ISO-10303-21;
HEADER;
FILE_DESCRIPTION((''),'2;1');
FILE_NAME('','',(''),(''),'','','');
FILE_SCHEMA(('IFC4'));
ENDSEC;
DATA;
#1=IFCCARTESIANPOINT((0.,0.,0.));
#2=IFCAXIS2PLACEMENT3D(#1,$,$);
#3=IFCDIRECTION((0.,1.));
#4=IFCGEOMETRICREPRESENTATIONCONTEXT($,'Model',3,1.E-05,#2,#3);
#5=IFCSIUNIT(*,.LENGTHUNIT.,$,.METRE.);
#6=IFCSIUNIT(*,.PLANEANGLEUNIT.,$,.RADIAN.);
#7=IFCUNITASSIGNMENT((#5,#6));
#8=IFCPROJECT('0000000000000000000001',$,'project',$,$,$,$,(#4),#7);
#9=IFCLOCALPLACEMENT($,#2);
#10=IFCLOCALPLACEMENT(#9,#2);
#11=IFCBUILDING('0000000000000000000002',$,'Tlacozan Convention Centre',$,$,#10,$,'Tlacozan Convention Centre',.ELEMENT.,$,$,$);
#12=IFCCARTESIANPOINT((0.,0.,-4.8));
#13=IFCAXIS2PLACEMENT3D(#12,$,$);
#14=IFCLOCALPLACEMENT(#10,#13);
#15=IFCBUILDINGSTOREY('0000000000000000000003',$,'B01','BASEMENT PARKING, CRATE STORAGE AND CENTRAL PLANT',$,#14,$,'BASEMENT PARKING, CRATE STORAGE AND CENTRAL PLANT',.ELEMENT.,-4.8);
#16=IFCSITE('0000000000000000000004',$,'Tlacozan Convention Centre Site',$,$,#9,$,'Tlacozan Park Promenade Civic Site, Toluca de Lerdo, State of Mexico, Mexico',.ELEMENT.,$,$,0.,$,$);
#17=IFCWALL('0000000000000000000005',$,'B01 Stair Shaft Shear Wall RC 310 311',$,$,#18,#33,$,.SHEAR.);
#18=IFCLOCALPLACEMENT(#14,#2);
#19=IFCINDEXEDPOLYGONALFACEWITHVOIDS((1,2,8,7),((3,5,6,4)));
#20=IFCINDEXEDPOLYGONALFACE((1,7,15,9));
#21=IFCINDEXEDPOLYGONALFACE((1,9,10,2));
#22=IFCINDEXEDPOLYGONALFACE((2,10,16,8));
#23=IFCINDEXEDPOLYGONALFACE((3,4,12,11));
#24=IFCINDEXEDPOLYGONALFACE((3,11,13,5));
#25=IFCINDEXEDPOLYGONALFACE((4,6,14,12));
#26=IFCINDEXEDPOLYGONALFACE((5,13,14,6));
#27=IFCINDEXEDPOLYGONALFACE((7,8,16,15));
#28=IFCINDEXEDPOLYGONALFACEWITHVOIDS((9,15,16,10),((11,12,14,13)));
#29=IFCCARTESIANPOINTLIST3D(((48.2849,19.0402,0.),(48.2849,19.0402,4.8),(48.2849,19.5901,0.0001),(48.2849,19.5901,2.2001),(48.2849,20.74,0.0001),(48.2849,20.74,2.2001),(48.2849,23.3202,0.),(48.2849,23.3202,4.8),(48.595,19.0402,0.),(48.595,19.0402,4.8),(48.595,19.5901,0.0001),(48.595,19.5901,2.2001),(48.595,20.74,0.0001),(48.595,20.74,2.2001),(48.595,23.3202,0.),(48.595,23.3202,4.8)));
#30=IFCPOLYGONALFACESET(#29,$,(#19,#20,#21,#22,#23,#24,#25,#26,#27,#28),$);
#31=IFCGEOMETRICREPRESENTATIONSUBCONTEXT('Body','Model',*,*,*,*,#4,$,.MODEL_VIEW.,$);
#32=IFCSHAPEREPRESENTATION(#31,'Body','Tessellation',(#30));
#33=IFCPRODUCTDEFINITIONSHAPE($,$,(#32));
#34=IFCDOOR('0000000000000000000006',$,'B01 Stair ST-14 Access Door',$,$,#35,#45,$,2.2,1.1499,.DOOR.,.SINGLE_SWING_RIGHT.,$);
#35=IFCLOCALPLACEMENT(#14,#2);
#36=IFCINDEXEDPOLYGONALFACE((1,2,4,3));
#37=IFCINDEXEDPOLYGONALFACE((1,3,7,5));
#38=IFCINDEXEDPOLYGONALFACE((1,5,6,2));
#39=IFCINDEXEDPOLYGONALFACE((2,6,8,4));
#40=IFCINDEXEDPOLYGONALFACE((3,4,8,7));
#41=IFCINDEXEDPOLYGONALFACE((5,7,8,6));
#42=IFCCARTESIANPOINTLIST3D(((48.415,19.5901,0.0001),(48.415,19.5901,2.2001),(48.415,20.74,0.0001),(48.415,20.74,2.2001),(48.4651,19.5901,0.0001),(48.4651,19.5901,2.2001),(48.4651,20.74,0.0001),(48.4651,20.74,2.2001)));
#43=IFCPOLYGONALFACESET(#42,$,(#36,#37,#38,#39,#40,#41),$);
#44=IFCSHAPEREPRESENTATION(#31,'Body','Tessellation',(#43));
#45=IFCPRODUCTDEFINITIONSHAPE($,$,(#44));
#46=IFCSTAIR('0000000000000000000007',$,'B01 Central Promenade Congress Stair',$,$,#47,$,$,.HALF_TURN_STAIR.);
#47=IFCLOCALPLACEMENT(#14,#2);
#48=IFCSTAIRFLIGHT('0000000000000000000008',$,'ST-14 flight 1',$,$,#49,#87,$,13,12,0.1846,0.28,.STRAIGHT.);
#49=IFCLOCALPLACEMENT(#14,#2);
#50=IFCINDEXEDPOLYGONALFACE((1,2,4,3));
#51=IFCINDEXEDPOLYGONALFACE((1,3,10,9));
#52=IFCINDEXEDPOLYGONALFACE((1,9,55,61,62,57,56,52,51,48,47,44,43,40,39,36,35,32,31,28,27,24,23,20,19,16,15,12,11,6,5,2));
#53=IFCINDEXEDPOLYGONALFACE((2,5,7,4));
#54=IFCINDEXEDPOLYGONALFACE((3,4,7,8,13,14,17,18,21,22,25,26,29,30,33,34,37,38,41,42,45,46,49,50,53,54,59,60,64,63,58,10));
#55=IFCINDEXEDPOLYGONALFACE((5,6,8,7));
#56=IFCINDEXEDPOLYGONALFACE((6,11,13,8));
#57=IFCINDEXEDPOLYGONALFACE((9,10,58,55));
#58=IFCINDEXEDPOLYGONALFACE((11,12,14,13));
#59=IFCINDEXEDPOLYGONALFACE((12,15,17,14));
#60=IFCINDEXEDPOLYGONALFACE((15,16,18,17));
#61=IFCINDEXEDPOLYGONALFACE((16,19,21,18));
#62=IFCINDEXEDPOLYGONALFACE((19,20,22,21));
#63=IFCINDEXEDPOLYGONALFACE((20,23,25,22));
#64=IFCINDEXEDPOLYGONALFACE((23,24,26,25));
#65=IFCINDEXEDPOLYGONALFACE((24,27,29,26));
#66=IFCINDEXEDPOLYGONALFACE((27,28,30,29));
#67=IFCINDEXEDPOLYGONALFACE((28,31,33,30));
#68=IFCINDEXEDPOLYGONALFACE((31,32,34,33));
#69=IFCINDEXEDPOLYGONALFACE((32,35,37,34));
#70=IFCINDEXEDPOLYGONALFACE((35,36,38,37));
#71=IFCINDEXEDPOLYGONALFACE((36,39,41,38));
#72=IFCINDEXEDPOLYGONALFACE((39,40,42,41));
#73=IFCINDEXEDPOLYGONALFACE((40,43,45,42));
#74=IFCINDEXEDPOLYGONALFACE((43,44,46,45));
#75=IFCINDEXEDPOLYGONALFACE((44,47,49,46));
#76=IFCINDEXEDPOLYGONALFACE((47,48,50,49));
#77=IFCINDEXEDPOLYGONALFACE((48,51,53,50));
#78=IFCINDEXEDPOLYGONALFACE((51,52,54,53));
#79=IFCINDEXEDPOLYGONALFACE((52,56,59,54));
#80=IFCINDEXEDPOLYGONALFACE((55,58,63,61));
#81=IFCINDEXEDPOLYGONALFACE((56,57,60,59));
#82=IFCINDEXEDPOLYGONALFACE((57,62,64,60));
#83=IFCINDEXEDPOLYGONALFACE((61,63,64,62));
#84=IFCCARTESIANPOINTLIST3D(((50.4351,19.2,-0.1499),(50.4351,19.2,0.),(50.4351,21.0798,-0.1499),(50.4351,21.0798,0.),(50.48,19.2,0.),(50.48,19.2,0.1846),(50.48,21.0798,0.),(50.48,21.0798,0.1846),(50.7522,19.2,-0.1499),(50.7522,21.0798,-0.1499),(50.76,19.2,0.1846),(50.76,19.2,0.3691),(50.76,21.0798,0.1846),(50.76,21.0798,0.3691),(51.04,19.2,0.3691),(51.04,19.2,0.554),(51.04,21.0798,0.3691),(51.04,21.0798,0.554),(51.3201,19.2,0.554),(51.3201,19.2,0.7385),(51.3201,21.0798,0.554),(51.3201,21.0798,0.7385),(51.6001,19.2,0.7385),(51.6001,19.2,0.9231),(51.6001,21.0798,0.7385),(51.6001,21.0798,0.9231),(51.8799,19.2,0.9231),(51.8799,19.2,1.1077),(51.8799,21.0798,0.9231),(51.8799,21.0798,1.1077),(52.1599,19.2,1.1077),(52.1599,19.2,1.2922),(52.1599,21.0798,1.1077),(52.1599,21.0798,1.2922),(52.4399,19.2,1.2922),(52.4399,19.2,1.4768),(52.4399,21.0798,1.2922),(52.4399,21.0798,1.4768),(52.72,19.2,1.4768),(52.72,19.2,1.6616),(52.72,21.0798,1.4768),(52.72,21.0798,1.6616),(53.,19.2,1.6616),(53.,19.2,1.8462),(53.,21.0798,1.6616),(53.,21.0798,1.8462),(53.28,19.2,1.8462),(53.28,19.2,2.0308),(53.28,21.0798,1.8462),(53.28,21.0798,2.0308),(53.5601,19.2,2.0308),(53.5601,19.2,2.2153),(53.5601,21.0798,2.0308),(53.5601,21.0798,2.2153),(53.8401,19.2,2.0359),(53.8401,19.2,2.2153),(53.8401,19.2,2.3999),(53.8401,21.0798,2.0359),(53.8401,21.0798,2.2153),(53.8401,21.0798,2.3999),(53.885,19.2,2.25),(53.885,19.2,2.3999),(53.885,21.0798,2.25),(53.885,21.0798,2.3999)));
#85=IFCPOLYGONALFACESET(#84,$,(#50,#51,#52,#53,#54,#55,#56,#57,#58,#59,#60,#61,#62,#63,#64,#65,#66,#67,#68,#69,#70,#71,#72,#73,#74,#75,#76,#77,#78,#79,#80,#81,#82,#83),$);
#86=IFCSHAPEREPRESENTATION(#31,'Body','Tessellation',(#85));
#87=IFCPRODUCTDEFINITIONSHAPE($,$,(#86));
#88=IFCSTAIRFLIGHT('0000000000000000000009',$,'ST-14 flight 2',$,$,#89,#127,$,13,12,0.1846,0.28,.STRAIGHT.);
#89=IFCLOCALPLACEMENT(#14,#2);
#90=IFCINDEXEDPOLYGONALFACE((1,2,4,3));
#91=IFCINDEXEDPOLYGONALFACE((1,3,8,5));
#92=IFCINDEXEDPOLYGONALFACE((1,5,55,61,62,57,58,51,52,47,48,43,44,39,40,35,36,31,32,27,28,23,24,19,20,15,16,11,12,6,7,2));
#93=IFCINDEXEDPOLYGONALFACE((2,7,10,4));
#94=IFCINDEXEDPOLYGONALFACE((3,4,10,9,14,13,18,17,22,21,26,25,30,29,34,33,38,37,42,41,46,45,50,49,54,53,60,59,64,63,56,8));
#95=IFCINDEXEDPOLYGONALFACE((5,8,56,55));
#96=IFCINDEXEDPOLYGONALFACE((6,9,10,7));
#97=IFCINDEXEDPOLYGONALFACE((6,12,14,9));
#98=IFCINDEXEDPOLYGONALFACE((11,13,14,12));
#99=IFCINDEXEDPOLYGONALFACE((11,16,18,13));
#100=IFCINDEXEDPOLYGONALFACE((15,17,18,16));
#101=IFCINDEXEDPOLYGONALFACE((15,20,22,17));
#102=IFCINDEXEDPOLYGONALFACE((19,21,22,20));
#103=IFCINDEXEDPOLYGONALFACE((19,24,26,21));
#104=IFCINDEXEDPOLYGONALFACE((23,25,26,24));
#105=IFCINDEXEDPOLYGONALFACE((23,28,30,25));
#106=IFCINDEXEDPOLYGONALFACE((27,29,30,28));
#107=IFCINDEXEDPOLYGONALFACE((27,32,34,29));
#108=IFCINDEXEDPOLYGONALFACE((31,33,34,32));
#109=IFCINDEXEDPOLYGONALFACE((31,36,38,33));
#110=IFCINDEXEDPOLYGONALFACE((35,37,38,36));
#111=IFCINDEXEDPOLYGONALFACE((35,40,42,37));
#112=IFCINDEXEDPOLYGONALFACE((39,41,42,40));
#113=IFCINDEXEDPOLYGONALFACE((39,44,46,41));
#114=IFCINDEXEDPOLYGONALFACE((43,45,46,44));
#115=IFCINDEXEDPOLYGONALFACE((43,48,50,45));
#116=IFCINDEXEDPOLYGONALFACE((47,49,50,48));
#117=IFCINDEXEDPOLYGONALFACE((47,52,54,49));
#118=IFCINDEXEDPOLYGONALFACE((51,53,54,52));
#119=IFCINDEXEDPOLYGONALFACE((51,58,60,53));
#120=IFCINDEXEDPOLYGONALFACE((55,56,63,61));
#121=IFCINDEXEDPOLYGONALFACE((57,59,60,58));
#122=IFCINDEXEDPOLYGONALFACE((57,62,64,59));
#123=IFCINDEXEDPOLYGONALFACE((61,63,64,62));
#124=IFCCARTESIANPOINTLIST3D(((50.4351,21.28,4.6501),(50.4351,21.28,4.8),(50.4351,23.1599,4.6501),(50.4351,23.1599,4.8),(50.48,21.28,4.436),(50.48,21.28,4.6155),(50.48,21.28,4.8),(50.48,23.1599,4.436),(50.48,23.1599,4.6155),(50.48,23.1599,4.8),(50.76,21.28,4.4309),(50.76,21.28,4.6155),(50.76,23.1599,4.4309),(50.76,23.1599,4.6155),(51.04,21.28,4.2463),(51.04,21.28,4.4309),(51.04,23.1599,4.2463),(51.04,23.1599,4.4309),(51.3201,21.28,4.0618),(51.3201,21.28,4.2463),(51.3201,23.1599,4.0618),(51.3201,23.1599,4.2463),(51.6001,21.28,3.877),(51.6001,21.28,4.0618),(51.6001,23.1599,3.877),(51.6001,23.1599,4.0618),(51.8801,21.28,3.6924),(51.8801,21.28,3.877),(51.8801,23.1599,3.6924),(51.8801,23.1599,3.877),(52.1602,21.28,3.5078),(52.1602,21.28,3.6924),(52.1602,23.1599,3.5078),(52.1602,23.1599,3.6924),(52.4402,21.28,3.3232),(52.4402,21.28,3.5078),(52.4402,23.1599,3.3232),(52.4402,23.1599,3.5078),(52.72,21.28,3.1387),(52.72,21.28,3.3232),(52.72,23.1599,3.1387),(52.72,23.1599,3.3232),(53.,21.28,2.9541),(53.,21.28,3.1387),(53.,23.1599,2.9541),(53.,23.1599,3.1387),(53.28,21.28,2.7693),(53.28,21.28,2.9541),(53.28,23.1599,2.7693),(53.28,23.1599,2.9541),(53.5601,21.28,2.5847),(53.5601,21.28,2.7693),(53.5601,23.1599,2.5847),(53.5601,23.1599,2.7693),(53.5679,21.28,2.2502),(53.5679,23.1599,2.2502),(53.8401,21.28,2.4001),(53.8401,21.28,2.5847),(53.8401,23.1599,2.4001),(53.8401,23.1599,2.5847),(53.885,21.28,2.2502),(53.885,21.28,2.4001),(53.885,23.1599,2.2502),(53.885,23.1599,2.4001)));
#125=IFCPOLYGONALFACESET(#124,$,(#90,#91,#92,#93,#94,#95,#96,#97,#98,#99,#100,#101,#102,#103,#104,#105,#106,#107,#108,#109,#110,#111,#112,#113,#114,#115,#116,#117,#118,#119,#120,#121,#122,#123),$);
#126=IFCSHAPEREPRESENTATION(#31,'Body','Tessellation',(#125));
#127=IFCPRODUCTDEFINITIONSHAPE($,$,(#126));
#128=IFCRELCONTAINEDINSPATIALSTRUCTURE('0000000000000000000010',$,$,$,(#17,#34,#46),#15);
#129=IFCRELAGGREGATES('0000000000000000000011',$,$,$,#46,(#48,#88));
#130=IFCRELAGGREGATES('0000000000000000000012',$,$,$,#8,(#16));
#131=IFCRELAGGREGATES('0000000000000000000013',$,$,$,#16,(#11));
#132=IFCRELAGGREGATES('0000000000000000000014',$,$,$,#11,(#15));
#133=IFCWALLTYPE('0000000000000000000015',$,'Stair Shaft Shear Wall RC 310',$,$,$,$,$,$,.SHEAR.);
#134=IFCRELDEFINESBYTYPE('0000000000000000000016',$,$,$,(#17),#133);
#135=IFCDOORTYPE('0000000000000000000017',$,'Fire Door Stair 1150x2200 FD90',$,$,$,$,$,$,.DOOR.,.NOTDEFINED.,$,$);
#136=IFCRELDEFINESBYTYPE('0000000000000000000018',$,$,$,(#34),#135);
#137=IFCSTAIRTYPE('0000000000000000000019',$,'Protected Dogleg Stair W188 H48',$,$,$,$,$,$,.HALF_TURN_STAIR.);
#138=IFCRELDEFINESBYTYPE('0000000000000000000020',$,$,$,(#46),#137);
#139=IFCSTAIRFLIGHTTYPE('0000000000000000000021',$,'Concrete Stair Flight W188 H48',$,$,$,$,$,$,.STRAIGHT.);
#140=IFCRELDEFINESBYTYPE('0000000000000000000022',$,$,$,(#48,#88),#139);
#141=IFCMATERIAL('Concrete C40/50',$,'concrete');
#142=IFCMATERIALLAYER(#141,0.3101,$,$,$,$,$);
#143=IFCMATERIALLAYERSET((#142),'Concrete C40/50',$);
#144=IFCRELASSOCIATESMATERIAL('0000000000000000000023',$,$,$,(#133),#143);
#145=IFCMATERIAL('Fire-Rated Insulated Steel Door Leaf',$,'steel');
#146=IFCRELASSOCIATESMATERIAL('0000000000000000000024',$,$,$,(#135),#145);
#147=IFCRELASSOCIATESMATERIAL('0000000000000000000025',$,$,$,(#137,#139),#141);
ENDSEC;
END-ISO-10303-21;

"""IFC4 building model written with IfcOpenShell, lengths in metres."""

from ifc_helpers import new_model, si_unit, direction, frame, frame_2d, origin, place, context, subcontext, project, spatial, polyline, rectangle, outline, extrude, material, layer, layer_set, type_object, element, fill, aggregate, save


model = new_model("IFC4")

# Units and contexts
model_context = context("Model", 3, precision=1e-05, world=origin(), true_north=direction((0.0, 1.0)))
body_context = subcontext(model_context, "Body", "Model", "MODEL_VIEW")
ifc_project = project(units=[si_unit("LENGTHUNIT", "METRE"), si_unit("PLANEANGLEUNIT", "RADIAN")], contexts=[model_context])

# Site, building, storey
site_placement = place(None, origin())
site = spatial("IfcSite", under=ifc_project, at=site_placement, Name="Tlacozan Convention Centre Site", LongName="Tlacozan Park Promenade Civic Site, Toluca de Lerdo, State of Mexico, Mexico", CompositionType="ELEMENT", RefElevation=0.0)
building_placement = place(site_placement, origin())
building = spatial("IfcBuilding", under=site, at=building_placement, Name="Tlacozan Convention Centre", LongName="Tlacozan Convention Centre", CompositionType="ELEMENT")
storey_placement = place(building_placement, frame((0.0, 0.0, -4.8)))
storey = spatial("IfcBuildingStorey", under=building, at=storey_placement, Name="B01", Description="BASEMENT PARKING, CRATE STORAGE AND CENTRAL PLANT", LongName="BASEMENT PARKING, CRATE STORAGE AND CENTRAL PLANT", CompositionType="ELEMENT", Elevation=-4.8)

# Shared definitions
ifc_material_1 = material(Name="Concrete C40/50", Category="concrete")

# Shared definitions
ifc_layer_1 = layer(ifc_material_1, 0.3101)
ifc_layer_set_1 = layer_set([ifc_layer_1], Name="Concrete C40/50")
wall_type = type_object("IfcWallType", Name="Stair Shaft Shear Wall RC 310", PredefinedType="SHEAR", material=ifc_layer_set_1)

# Wall, opening, door
wall_placement = place(storey_placement, frame((48.4399, 19.04, 0.0), z_axis=(0.0, 0.0, 1.0), x_axis=(0.0, 1.0, 0.0)))
wall = element("IfcWall", 1, at=wall_placement, inside=storey, type_object=wall_type, Name="B01 Stair Shaft Shear Wall RC 310 311", PredefinedType="SHEAR", context=body_context, shape_type="SweptSolid", body=[
    extrude(rectangle(XDim=4.28, YDim=0.3101, at=frame_2d((2.1401, 0.0))), origin(), (0.0, 0.0, 1.0), 4.8),
])
opening_placement = place(wall_placement, frame((0.55, 0.0, 0.0)))
opening = element("IfcOpeningElement", 2, at=opening_placement, cuts=wall, PredefinedType="OPENING", context=body_context, shape_type="SweptSolid", body=[
    extrude(rectangle(XDim=1.1499, YDim=2.2, at=frame_2d((0.575, 1.1001))), frame((0.0, 0.165, 0.0), z_axis=(0.0, -1.0, 0.0), x_axis=(1.0, 0.0, 0.0)), (0.0, 0.0, 1.0), 0.3301),
])
ifc_material_2 = material(Name="Fire-Rated Insulated Steel Door Leaf", Category="steel")
door_type = type_object("IfcDoorType", Name="Fire Door Stair 1150x2200 FD90", OperationType="NOTDEFINED", PredefinedType="DOOR", material=ifc_material_2)
door_placement = place(opening_placement, origin())
door = element("IfcDoor", 3, at=door_placement, inside=storey, type_object=door_type, Name="B01 Stair ST-14 Access Door", OperationType="SINGLE_SWING_RIGHT", OverallHeight=2.2, OverallWidth=1.1499, PredefinedType="DOOR", context=body_context, shape_type="SweptSolid", body=[
    extrude(rectangle(XDim=1.1499, YDim=2.2, at=frame_2d((0.575, 1.1001))), frame((0.0, 0.0249, 0.0), z_axis=(0.0, -1.0, 0.0), x_axis=(1.0, 0.0, 0.0)), (0.0, 0.0, 1.0), 0.05),
])
fill(opening, door)

# Stair, stair flights
stair_type = type_object("IfcStairType", Name="Protected Dogleg Stair W188 H48", PredefinedType="HALF_TURN_STAIR", material=ifc_material_1)
stair_placement = place(storey_placement, origin())
stair = element("IfcStair", 4, at=stair_placement, inside=storey, type_object=stair_type, Name="B01 Central Promenade Congress Stair", PredefinedType="HALF_TURN_STAIR")
stair_flight_type = type_object("IfcStairFlightType", Name="Concrete Stair Flight W188 H48", PredefinedType="STRAIGHT", material=ifc_material_1)
stair_flight_1_placement = place(storey_placement, frame((50.48, 20.1399, 0.0), z_axis=(0.0, 0.0, 1.0), x_axis=(1.0, 0.0, 0.0)))
stair_flight_1 = element("IfcStairFlight", 5, at=stair_flight_1_placement, type_object=stair_flight_type, Name="ST-14 flight 1", NumberOfRisers=13, NumberOfTreads=12, PredefinedType="STRAIGHT", RiserHeight=0.1846, TreadLength=0.28, context=body_context, shape_type="SweptSolid", body=[
    extrude(outline(polyline([(-0.0449, -0.1499), (-0.0449, 0.0), (0.0, 0.0), (0.0, 0.1846), (0.28, 0.1846), (0.28, 0.3691), (0.5601, 0.3691), (0.5601, 0.554), (0.8401, 0.554), (0.8401, 0.7385), (1.1201, 0.7385), (1.1201, 0.9231), (1.3999, 0.9231), (1.3999, 1.1077), (1.6799, 1.1077), (1.6799, 1.2922), (1.96, 1.2922), (1.96, 1.4768), (2.24, 1.4768), (2.24, 1.6616), (2.52, 1.6616), (2.52, 1.8462), (2.8, 1.8462), (2.8, 2.0308), (3.0801, 2.0308), (3.0801, 2.2153), (3.3601, 2.2153), (3.3601, 2.3999), (3.405, 2.3999), (3.405, 2.25), (3.3601, 2.0359), (0.2722, -0.1499), (-0.0449, -0.1499)])), frame((0.0, 0.9399, 0.0), z_axis=(0.0, -1.0, 0.0), x_axis=(1.0, 0.0, 0.0)), (0.0, 0.0, 1.0), 1.8799),
])
stair_flight_2_placement = place(storey_placement, frame((53.8401, 22.22, 2.4001), z_axis=(0.0, 0.0, 1.0), x_axis=(-1.0, 0.0, 0.0)))
stair_flight_2 = element("IfcStairFlight", 6, at=stair_flight_2_placement, type_object=stair_flight_type, Name="ST-14 flight 2", NumberOfRisers=13, NumberOfTreads=12, PredefinedType="STRAIGHT", RiserHeight=0.1846, TreadLength=0.28, context=body_context, shape_type="SweptSolid", body=[
    extrude(outline(polyline([(-0.0449, -0.1499), (-0.0449, 0.0), (0.0, 0.0), (0.0, 0.1846), (0.28, 0.1846), (0.28, 0.3691), (0.5601, 0.3691), (0.5601, 0.554), (0.8401, 0.554), (0.8401, 0.7385), (1.1201, 0.7385), (1.1201, 0.9231), (1.3999, 0.9231), (1.3999, 1.1077), (1.6799, 1.1077), (1.6799, 1.2922), (1.96, 1.2922), (1.96, 1.4768), (2.24, 1.4768), (2.24, 1.6616), (2.52, 1.6616), (2.52, 1.8462), (2.8, 1.8462), (2.8, 2.0308), (3.0801, 2.0308), (3.0801, 2.2153), (3.3601, 2.2153), (3.3601, 2.3999), (3.405, 2.3999), (3.405, 2.25), (3.3601, 2.0359), (0.2722, -0.1499), (-0.0449, -0.1499)])), frame((0.0, 0.9399, 0.0), z_axis=(0.0, -1.0, 0.0), x_axis=(1.0, 0.0, 0.0)), (0.0, 0.0, 1.0), 1.8799),
])
aggregate(stair, [stair_flight_1, stair_flight_2])

save(model, "model.ifc")
